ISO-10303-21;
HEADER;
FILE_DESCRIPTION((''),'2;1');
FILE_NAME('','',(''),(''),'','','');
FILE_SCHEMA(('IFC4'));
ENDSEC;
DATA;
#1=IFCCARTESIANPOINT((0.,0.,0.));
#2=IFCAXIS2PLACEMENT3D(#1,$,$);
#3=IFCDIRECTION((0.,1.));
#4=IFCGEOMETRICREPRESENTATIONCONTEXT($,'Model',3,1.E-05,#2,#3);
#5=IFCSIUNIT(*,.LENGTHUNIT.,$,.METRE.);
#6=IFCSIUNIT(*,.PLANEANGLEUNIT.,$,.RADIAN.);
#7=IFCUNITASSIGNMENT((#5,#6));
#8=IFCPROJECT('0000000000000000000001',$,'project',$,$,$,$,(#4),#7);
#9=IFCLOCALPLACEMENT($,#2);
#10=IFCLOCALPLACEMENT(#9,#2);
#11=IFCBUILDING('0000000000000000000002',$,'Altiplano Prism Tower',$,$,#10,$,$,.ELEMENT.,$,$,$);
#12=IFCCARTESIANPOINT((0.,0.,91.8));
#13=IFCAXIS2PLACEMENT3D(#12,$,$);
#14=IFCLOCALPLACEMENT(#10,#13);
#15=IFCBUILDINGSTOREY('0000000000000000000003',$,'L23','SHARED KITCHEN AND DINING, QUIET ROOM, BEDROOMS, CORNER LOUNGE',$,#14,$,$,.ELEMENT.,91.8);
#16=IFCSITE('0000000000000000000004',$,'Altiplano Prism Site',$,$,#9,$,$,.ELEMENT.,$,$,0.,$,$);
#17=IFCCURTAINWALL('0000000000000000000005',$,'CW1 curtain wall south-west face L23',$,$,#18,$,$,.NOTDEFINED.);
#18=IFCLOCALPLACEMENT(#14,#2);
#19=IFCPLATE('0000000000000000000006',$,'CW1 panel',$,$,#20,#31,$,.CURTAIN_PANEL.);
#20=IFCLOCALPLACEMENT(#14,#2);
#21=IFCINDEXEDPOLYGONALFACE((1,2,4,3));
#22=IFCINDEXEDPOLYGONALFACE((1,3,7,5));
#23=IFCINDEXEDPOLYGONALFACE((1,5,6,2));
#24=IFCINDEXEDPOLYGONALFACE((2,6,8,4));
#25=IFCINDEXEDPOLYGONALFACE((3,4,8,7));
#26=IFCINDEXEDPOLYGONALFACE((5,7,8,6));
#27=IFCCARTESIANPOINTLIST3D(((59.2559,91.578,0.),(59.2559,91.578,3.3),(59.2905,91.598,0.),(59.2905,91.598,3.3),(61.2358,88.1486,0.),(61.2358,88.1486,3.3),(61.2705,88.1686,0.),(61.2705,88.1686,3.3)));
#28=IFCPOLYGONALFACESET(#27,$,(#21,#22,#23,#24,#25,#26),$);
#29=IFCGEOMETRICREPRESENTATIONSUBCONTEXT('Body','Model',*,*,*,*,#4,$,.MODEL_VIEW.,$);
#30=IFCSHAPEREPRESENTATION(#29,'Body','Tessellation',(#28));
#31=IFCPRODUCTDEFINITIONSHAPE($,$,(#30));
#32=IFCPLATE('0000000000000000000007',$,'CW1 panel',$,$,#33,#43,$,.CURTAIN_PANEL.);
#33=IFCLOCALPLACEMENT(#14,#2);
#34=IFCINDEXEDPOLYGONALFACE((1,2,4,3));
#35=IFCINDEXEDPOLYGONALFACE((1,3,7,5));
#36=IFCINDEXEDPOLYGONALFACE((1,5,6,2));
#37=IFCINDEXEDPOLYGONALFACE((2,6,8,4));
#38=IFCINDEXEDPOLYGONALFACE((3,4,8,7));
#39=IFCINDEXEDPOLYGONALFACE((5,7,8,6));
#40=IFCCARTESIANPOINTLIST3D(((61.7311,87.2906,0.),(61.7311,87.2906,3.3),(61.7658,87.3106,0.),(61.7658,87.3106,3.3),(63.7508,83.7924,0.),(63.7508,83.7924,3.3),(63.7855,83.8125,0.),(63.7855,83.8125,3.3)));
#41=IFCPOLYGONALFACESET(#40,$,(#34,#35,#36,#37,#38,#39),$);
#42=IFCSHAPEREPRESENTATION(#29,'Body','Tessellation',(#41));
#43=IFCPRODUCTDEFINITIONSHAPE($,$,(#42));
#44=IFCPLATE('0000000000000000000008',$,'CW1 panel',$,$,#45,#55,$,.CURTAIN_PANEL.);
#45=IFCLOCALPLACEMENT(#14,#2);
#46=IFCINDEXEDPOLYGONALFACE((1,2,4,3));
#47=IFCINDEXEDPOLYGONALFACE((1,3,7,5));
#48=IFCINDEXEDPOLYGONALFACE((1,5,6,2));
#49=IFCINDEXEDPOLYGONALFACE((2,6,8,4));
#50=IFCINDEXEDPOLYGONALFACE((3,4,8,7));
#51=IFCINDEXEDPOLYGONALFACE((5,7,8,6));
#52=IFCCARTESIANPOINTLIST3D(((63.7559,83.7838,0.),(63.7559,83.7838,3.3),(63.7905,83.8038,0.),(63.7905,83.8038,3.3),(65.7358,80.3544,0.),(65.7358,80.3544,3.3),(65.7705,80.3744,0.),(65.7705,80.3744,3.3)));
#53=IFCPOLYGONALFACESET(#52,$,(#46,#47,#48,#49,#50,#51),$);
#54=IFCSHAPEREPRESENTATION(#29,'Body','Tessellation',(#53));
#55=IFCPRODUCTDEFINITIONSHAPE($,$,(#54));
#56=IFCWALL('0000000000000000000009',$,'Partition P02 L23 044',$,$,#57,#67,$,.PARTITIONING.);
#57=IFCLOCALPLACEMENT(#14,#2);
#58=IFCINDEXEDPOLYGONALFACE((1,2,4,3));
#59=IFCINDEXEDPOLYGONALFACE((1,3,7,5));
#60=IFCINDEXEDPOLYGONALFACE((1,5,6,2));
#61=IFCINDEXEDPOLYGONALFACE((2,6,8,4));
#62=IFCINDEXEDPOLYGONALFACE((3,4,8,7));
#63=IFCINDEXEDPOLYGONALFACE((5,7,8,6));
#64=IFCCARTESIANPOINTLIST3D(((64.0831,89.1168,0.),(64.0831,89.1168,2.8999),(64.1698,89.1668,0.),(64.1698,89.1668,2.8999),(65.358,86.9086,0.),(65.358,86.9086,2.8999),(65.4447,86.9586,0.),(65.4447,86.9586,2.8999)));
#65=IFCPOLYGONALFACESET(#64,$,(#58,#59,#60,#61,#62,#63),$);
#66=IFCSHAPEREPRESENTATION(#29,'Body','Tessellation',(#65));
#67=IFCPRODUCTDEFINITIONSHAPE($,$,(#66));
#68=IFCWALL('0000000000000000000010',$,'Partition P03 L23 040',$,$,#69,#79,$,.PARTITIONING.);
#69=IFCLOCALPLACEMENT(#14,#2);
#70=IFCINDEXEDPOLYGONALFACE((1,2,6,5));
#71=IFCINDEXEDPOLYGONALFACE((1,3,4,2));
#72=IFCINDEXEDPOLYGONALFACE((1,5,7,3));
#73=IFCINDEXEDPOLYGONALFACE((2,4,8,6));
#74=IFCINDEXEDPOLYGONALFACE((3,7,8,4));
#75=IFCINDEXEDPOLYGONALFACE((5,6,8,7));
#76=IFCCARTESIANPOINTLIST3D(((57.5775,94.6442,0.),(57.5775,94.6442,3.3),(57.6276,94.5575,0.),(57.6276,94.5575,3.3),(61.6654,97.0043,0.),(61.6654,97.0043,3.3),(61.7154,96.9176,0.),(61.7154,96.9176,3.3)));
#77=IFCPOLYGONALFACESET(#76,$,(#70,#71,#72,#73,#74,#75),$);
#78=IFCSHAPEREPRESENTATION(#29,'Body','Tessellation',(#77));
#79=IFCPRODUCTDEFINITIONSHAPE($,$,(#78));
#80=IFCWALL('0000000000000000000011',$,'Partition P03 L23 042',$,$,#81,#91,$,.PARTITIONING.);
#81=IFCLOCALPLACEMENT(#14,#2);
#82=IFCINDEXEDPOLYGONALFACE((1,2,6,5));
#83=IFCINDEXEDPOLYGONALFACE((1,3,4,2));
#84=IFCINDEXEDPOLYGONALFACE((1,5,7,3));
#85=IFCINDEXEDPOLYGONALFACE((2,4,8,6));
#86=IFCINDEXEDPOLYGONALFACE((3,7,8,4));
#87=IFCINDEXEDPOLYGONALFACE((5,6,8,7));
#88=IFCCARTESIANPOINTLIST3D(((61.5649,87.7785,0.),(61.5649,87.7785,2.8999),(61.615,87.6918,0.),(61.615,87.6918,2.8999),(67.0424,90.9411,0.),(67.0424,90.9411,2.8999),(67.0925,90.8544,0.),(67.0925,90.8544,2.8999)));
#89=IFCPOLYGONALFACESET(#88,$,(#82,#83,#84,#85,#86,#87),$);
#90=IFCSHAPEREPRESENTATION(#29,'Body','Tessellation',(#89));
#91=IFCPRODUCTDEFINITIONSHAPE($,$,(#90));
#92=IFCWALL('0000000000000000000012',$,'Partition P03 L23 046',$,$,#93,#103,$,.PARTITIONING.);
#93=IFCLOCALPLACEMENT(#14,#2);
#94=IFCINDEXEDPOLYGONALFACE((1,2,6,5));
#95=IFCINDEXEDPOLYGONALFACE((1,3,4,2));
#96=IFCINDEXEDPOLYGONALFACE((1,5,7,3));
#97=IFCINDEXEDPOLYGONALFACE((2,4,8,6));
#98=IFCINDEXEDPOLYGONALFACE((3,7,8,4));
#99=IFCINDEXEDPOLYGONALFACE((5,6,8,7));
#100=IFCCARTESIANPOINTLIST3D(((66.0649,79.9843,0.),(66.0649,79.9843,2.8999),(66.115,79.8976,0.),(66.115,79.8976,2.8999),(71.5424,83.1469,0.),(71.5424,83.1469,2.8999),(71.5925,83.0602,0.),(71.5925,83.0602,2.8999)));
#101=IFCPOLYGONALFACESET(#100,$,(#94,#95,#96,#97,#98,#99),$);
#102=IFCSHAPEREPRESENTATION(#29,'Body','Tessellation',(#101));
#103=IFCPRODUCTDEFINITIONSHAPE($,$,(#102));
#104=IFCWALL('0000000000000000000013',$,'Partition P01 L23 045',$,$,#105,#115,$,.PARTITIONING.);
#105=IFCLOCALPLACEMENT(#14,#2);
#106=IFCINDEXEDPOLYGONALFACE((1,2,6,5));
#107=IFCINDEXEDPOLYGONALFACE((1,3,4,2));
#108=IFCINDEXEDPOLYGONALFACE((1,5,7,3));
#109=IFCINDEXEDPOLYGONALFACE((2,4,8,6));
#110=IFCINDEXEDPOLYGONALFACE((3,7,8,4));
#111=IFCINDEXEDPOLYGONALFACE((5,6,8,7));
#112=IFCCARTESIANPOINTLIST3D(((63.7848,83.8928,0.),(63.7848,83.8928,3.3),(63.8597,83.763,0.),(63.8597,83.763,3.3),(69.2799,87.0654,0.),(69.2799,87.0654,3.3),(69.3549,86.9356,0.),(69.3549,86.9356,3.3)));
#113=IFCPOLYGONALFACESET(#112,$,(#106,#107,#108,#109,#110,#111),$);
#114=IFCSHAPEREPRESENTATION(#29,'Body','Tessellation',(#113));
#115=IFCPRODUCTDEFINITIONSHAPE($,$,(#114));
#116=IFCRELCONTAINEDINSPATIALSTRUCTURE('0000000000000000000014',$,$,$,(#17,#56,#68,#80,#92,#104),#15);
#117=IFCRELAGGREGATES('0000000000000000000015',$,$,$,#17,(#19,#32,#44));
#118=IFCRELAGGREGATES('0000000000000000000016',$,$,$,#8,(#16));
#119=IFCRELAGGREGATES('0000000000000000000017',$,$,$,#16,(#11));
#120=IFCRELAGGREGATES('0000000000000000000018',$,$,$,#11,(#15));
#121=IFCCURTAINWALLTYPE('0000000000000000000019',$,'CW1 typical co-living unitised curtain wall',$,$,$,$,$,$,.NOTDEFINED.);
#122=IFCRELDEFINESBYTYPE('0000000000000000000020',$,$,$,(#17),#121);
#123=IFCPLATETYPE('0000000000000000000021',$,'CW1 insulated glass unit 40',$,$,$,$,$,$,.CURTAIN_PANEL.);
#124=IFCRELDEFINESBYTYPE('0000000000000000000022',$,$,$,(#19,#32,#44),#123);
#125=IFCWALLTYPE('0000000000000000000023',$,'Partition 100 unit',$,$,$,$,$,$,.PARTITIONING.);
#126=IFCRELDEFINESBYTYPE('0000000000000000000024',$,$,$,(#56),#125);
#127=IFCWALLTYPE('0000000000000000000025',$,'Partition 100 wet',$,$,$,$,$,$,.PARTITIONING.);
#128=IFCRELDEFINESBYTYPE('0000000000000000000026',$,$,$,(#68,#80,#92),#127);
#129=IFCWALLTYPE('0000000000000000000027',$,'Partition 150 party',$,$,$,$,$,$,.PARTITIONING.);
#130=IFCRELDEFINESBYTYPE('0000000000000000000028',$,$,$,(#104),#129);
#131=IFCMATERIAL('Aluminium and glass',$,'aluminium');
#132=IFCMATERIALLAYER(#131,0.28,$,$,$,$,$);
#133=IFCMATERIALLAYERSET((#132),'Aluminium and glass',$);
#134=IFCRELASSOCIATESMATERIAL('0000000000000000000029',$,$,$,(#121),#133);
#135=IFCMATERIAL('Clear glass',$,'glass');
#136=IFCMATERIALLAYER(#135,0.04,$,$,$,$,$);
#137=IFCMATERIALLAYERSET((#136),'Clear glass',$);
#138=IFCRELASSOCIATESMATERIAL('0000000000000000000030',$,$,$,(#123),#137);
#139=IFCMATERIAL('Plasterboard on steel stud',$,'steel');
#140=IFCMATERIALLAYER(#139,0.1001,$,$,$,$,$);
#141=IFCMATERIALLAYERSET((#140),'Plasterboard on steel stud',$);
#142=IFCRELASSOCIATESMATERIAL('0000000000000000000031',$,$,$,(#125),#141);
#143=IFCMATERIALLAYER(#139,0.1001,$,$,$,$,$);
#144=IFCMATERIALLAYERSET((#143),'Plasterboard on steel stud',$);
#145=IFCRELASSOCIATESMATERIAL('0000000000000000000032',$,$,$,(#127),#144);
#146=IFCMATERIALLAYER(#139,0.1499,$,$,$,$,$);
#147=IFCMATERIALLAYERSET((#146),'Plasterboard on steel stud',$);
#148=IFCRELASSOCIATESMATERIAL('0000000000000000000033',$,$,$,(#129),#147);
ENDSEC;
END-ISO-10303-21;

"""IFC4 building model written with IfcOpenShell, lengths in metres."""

from ifc_helpers import new_model, si_unit, direction, frame, frame_2d, origin, origin_2d, place, context, subcontext, project, spatial, rectangle, extrude, material, layer, layer_set, type_object, element, aggregate, save


model = new_model("IFC4")

# Units and contexts
model_context = context("Model", 3, precision=1e-05, world=origin(), true_north=direction((0.0, 1.0)))
body_context = subcontext(model_context, "Body", "Model", "MODEL_VIEW")
ifc_project = project(units=[si_unit("LENGTHUNIT", "METRE"), si_unit("PLANEANGLEUNIT", "RADIAN")], contexts=[model_context])

# Site, building, storey
site_placement = place(None, origin())
site = spatial("IfcSite", under=ifc_project, at=site_placement, Name="Altiplano Prism Site", CompositionType="ELEMENT", RefElevation=0.0)
building_placement = place(site_placement, origin())
building = spatial("IfcBuilding", under=site, at=building_placement, Name="Altiplano Prism Tower", CompositionType="ELEMENT")
storey_placement = place(building_placement, frame((0.0, 0.0, 91.8)))
storey = spatial("IfcBuildingStorey", under=building, at=storey_placement, Name="L23", Description="SHARED KITCHEN AND DINING, QUIET ROOM, BEDROOMS, CORNER LOUNGE", CompositionType="ELEMENT", Elevation=91.8)

# Curtain wall
ifc_material_1 = material(Name="Aluminium and glass", Category="aluminium")
ifc_layer_1 = layer(ifc_material_1, 0.28)
ifc_layer_set_1 = layer_set([ifc_layer_1], Name="Aluminium and glass")
curtain_wall_type = type_object("IfcCurtainWallType", Name="CW1 typical co-living unitised curtain wall", PredefinedType="NOTDEFINED", material=ifc_layer_set_1)
curtain_wall_placement = place(storey_placement, origin())
curtain_wall = element("IfcCurtainWall", 1, at=curtain_wall_placement, inside=storey, type_object=curtain_wall_type, Name="CW1 curtain wall south-west face L23", PredefinedType="NOTDEFINED")

# Plates
ifc_material_2 = material(Name="Clear glass", Category="glass")
ifc_layer_2 = layer(ifc_material_2, 0.04)
ifc_layer_set_2 = layer_set([ifc_layer_2], Name="Clear glass")
plate_type = type_object("IfcPlateType", Name="CW1 insulated glass unit 40", PredefinedType="CURTAIN_PANEL", material=ifc_layer_set_2)
plate_1_placement = place(storey_placement, frame((60.2632, 89.8733, 0.0), z_axis=(0.0, 0.0, 1.0), x_axis=(0.5, -0.866025, 0.0)))
plate_1 = element("IfcPlate", 2, at=plate_1_placement, type_object=plate_type, Name="CW1 panel", PredefinedType="CURTAIN_PANEL", context=body_context, shape_type="SweptSolid", body=[
    extrude(rectangle(XDim=3.96, YDim=0.04, at=origin_2d()), origin(), (0.0, 0.0, 1.0), 3.3),
])
plate_2_placement = place(storey_placement, frame((62.7583, 85.5515, 0.0), z_axis=(0.0, 0.0, 1.0), x_axis=(0.5, -0.866025, 0.0)))
plate_2 = element("IfcPlate", 3, at=plate_2_placement, type_object=plate_type, Name="CW1 panel", PredefinedType="CURTAIN_PANEL", context=body_context, shape_type="SweptSolid", body=[
    extrude(rectangle(XDim=4.0393, YDim=0.04, at=origin_2d()), origin(), (0.0, 0.0, 1.0), 3.3),
])
plate_3_placement = place(storey_placement, frame((64.7632, 82.0791, 0.0), z_axis=(0.0, 0.0, 1.0), x_axis=(0.5, -0.866025, 0.0)))
plate_3 = element("IfcPlate", 4, at=plate_3_placement, type_object=plate_type, Name="CW1 panel", PredefinedType="CURTAIN_PANEL", context=body_context, shape_type="SweptSolid", body=[
    extrude(rectangle(XDim=3.96, YDim=0.04, at=origin_2d()), origin(), (0.0, 0.0, 1.0), 3.3),
])
aggregate(curtain_wall, [plate_1, plate_2, plate_3])

# Walls
ifc_material_3 = material(Name="Plasterboard on steel stud", Category="steel")
ifc_layer_3 = layer(ifc_material_3, 0.1001)
ifc_layer_set_3 = layer_set([ifc_layer_3], Name="Plasterboard on steel stud")
wall_type_1 = type_object("IfcWallType", Name="Partition 100 unit", PredefinedType="PARTITIONING", material=ifc_layer_set_3)
wall_1_placement = place(storey_placement, frame((65.4014, 86.9336, 0.0), z_axis=(0.0, 0.0, 1.0), x_axis=(-0.49999, 0.866031, 0.0)))
element("IfcWall", 5, at=wall_1_placement, inside=storey, type_object=wall_type_1, Name="Partition P02 L23 044", PredefinedType="PARTITIONING", context=body_context, shape_type="SweptSolid", body=[
    extrude(rectangle(XDim=2.5498, YDim=0.1001, at=frame_2d((1.2749, 0.0))), origin(), (0.0, 0.0, 1.0), 2.8999),
])
ifc_layer_4 = layer(ifc_material_3, 0.1001)
ifc_layer_set_4 = layer_set([ifc_layer_4], Name="Plasterboard on steel stud")
wall_type_2 = type_object("IfcWallType", Name="Partition 100 wet", PredefinedType="PARTITIONING", material=ifc_layer_set_4)
wall_2_placement = place(storey_placement, frame((57.6025, 94.6008, 0.0), z_axis=(0.0, 0.0, 1.0), x_axis=(0.866029, 0.499994, 0.0)))
element("IfcWall", 6, at=wall_2_placement, inside=storey, type_object=wall_type_2, Name="Partition P03 L23 040", PredefinedType="PARTITIONING", context=body_context, shape_type="SweptSolid", body=[
    extrude(rectangle(XDim=4.7202, YDim=0.1001, at=frame_2d((2.3601, 0.0))), origin(), (0.0, 0.0, 1.0), 3.3),
])
for number, where, z_axis, x_axis, name in (
    (7, (61.5898, 87.7351, 0.0), (0.0, 0.0, 1.0), (0.866016, 0.500016, 0.0), "Partition P03 L23 042"),
    (8, (66.0898, 79.9409, 0.0), (0.0, 0.0, 1.0), (0.866016, 0.500016, 0.0), "Partition P03 L23 046"),
):
    element("IfcWall", number, at=place(storey_placement, frame(where, z_axis=z_axis, x_axis=x_axis)), inside=storey, type_object=wall_type_2, Name=name, PredefinedType="PARTITIONING", context=body_context, shape_type="SweptSolid", body=[
        extrude(rectangle(XDim=6.325, YDim=0.1001, at=frame_2d((3.1626, 0.0))), origin(), (0.0, 0.0, 1.0), 2.8999),
    ])
ifc_layer_5 = layer(ifc_material_3, 0.1499)
ifc_layer_set_5 = layer_set([ifc_layer_5], Name="Plasterboard on steel stud")
wall_type_3 = type_object("IfcWallType", Name="Partition 150 party", PredefinedType="PARTITIONING", material=ifc_layer_set_5)
wall_3_placement = place(storey_placement, frame((63.8223, 83.8279, 0.0), z_axis=(0.0, 0.0, 1.0), x_axis=(0.866025, 0.5, 0.0)))
element("IfcWall", 9, at=wall_3_placement, inside=storey, type_object=wall_type_3, Name="Partition P01 L23 045", PredefinedType="PARTITIONING", context=body_context, shape_type="SweptSolid", body=[
    extrude(rectangle(XDim=6.3452, YDim=0.1499, at=frame_2d((3.1726, 0.0))), origin(), (0.0, 0.0, 1.0), 3.3),
])

save(model, "model.ifc")
